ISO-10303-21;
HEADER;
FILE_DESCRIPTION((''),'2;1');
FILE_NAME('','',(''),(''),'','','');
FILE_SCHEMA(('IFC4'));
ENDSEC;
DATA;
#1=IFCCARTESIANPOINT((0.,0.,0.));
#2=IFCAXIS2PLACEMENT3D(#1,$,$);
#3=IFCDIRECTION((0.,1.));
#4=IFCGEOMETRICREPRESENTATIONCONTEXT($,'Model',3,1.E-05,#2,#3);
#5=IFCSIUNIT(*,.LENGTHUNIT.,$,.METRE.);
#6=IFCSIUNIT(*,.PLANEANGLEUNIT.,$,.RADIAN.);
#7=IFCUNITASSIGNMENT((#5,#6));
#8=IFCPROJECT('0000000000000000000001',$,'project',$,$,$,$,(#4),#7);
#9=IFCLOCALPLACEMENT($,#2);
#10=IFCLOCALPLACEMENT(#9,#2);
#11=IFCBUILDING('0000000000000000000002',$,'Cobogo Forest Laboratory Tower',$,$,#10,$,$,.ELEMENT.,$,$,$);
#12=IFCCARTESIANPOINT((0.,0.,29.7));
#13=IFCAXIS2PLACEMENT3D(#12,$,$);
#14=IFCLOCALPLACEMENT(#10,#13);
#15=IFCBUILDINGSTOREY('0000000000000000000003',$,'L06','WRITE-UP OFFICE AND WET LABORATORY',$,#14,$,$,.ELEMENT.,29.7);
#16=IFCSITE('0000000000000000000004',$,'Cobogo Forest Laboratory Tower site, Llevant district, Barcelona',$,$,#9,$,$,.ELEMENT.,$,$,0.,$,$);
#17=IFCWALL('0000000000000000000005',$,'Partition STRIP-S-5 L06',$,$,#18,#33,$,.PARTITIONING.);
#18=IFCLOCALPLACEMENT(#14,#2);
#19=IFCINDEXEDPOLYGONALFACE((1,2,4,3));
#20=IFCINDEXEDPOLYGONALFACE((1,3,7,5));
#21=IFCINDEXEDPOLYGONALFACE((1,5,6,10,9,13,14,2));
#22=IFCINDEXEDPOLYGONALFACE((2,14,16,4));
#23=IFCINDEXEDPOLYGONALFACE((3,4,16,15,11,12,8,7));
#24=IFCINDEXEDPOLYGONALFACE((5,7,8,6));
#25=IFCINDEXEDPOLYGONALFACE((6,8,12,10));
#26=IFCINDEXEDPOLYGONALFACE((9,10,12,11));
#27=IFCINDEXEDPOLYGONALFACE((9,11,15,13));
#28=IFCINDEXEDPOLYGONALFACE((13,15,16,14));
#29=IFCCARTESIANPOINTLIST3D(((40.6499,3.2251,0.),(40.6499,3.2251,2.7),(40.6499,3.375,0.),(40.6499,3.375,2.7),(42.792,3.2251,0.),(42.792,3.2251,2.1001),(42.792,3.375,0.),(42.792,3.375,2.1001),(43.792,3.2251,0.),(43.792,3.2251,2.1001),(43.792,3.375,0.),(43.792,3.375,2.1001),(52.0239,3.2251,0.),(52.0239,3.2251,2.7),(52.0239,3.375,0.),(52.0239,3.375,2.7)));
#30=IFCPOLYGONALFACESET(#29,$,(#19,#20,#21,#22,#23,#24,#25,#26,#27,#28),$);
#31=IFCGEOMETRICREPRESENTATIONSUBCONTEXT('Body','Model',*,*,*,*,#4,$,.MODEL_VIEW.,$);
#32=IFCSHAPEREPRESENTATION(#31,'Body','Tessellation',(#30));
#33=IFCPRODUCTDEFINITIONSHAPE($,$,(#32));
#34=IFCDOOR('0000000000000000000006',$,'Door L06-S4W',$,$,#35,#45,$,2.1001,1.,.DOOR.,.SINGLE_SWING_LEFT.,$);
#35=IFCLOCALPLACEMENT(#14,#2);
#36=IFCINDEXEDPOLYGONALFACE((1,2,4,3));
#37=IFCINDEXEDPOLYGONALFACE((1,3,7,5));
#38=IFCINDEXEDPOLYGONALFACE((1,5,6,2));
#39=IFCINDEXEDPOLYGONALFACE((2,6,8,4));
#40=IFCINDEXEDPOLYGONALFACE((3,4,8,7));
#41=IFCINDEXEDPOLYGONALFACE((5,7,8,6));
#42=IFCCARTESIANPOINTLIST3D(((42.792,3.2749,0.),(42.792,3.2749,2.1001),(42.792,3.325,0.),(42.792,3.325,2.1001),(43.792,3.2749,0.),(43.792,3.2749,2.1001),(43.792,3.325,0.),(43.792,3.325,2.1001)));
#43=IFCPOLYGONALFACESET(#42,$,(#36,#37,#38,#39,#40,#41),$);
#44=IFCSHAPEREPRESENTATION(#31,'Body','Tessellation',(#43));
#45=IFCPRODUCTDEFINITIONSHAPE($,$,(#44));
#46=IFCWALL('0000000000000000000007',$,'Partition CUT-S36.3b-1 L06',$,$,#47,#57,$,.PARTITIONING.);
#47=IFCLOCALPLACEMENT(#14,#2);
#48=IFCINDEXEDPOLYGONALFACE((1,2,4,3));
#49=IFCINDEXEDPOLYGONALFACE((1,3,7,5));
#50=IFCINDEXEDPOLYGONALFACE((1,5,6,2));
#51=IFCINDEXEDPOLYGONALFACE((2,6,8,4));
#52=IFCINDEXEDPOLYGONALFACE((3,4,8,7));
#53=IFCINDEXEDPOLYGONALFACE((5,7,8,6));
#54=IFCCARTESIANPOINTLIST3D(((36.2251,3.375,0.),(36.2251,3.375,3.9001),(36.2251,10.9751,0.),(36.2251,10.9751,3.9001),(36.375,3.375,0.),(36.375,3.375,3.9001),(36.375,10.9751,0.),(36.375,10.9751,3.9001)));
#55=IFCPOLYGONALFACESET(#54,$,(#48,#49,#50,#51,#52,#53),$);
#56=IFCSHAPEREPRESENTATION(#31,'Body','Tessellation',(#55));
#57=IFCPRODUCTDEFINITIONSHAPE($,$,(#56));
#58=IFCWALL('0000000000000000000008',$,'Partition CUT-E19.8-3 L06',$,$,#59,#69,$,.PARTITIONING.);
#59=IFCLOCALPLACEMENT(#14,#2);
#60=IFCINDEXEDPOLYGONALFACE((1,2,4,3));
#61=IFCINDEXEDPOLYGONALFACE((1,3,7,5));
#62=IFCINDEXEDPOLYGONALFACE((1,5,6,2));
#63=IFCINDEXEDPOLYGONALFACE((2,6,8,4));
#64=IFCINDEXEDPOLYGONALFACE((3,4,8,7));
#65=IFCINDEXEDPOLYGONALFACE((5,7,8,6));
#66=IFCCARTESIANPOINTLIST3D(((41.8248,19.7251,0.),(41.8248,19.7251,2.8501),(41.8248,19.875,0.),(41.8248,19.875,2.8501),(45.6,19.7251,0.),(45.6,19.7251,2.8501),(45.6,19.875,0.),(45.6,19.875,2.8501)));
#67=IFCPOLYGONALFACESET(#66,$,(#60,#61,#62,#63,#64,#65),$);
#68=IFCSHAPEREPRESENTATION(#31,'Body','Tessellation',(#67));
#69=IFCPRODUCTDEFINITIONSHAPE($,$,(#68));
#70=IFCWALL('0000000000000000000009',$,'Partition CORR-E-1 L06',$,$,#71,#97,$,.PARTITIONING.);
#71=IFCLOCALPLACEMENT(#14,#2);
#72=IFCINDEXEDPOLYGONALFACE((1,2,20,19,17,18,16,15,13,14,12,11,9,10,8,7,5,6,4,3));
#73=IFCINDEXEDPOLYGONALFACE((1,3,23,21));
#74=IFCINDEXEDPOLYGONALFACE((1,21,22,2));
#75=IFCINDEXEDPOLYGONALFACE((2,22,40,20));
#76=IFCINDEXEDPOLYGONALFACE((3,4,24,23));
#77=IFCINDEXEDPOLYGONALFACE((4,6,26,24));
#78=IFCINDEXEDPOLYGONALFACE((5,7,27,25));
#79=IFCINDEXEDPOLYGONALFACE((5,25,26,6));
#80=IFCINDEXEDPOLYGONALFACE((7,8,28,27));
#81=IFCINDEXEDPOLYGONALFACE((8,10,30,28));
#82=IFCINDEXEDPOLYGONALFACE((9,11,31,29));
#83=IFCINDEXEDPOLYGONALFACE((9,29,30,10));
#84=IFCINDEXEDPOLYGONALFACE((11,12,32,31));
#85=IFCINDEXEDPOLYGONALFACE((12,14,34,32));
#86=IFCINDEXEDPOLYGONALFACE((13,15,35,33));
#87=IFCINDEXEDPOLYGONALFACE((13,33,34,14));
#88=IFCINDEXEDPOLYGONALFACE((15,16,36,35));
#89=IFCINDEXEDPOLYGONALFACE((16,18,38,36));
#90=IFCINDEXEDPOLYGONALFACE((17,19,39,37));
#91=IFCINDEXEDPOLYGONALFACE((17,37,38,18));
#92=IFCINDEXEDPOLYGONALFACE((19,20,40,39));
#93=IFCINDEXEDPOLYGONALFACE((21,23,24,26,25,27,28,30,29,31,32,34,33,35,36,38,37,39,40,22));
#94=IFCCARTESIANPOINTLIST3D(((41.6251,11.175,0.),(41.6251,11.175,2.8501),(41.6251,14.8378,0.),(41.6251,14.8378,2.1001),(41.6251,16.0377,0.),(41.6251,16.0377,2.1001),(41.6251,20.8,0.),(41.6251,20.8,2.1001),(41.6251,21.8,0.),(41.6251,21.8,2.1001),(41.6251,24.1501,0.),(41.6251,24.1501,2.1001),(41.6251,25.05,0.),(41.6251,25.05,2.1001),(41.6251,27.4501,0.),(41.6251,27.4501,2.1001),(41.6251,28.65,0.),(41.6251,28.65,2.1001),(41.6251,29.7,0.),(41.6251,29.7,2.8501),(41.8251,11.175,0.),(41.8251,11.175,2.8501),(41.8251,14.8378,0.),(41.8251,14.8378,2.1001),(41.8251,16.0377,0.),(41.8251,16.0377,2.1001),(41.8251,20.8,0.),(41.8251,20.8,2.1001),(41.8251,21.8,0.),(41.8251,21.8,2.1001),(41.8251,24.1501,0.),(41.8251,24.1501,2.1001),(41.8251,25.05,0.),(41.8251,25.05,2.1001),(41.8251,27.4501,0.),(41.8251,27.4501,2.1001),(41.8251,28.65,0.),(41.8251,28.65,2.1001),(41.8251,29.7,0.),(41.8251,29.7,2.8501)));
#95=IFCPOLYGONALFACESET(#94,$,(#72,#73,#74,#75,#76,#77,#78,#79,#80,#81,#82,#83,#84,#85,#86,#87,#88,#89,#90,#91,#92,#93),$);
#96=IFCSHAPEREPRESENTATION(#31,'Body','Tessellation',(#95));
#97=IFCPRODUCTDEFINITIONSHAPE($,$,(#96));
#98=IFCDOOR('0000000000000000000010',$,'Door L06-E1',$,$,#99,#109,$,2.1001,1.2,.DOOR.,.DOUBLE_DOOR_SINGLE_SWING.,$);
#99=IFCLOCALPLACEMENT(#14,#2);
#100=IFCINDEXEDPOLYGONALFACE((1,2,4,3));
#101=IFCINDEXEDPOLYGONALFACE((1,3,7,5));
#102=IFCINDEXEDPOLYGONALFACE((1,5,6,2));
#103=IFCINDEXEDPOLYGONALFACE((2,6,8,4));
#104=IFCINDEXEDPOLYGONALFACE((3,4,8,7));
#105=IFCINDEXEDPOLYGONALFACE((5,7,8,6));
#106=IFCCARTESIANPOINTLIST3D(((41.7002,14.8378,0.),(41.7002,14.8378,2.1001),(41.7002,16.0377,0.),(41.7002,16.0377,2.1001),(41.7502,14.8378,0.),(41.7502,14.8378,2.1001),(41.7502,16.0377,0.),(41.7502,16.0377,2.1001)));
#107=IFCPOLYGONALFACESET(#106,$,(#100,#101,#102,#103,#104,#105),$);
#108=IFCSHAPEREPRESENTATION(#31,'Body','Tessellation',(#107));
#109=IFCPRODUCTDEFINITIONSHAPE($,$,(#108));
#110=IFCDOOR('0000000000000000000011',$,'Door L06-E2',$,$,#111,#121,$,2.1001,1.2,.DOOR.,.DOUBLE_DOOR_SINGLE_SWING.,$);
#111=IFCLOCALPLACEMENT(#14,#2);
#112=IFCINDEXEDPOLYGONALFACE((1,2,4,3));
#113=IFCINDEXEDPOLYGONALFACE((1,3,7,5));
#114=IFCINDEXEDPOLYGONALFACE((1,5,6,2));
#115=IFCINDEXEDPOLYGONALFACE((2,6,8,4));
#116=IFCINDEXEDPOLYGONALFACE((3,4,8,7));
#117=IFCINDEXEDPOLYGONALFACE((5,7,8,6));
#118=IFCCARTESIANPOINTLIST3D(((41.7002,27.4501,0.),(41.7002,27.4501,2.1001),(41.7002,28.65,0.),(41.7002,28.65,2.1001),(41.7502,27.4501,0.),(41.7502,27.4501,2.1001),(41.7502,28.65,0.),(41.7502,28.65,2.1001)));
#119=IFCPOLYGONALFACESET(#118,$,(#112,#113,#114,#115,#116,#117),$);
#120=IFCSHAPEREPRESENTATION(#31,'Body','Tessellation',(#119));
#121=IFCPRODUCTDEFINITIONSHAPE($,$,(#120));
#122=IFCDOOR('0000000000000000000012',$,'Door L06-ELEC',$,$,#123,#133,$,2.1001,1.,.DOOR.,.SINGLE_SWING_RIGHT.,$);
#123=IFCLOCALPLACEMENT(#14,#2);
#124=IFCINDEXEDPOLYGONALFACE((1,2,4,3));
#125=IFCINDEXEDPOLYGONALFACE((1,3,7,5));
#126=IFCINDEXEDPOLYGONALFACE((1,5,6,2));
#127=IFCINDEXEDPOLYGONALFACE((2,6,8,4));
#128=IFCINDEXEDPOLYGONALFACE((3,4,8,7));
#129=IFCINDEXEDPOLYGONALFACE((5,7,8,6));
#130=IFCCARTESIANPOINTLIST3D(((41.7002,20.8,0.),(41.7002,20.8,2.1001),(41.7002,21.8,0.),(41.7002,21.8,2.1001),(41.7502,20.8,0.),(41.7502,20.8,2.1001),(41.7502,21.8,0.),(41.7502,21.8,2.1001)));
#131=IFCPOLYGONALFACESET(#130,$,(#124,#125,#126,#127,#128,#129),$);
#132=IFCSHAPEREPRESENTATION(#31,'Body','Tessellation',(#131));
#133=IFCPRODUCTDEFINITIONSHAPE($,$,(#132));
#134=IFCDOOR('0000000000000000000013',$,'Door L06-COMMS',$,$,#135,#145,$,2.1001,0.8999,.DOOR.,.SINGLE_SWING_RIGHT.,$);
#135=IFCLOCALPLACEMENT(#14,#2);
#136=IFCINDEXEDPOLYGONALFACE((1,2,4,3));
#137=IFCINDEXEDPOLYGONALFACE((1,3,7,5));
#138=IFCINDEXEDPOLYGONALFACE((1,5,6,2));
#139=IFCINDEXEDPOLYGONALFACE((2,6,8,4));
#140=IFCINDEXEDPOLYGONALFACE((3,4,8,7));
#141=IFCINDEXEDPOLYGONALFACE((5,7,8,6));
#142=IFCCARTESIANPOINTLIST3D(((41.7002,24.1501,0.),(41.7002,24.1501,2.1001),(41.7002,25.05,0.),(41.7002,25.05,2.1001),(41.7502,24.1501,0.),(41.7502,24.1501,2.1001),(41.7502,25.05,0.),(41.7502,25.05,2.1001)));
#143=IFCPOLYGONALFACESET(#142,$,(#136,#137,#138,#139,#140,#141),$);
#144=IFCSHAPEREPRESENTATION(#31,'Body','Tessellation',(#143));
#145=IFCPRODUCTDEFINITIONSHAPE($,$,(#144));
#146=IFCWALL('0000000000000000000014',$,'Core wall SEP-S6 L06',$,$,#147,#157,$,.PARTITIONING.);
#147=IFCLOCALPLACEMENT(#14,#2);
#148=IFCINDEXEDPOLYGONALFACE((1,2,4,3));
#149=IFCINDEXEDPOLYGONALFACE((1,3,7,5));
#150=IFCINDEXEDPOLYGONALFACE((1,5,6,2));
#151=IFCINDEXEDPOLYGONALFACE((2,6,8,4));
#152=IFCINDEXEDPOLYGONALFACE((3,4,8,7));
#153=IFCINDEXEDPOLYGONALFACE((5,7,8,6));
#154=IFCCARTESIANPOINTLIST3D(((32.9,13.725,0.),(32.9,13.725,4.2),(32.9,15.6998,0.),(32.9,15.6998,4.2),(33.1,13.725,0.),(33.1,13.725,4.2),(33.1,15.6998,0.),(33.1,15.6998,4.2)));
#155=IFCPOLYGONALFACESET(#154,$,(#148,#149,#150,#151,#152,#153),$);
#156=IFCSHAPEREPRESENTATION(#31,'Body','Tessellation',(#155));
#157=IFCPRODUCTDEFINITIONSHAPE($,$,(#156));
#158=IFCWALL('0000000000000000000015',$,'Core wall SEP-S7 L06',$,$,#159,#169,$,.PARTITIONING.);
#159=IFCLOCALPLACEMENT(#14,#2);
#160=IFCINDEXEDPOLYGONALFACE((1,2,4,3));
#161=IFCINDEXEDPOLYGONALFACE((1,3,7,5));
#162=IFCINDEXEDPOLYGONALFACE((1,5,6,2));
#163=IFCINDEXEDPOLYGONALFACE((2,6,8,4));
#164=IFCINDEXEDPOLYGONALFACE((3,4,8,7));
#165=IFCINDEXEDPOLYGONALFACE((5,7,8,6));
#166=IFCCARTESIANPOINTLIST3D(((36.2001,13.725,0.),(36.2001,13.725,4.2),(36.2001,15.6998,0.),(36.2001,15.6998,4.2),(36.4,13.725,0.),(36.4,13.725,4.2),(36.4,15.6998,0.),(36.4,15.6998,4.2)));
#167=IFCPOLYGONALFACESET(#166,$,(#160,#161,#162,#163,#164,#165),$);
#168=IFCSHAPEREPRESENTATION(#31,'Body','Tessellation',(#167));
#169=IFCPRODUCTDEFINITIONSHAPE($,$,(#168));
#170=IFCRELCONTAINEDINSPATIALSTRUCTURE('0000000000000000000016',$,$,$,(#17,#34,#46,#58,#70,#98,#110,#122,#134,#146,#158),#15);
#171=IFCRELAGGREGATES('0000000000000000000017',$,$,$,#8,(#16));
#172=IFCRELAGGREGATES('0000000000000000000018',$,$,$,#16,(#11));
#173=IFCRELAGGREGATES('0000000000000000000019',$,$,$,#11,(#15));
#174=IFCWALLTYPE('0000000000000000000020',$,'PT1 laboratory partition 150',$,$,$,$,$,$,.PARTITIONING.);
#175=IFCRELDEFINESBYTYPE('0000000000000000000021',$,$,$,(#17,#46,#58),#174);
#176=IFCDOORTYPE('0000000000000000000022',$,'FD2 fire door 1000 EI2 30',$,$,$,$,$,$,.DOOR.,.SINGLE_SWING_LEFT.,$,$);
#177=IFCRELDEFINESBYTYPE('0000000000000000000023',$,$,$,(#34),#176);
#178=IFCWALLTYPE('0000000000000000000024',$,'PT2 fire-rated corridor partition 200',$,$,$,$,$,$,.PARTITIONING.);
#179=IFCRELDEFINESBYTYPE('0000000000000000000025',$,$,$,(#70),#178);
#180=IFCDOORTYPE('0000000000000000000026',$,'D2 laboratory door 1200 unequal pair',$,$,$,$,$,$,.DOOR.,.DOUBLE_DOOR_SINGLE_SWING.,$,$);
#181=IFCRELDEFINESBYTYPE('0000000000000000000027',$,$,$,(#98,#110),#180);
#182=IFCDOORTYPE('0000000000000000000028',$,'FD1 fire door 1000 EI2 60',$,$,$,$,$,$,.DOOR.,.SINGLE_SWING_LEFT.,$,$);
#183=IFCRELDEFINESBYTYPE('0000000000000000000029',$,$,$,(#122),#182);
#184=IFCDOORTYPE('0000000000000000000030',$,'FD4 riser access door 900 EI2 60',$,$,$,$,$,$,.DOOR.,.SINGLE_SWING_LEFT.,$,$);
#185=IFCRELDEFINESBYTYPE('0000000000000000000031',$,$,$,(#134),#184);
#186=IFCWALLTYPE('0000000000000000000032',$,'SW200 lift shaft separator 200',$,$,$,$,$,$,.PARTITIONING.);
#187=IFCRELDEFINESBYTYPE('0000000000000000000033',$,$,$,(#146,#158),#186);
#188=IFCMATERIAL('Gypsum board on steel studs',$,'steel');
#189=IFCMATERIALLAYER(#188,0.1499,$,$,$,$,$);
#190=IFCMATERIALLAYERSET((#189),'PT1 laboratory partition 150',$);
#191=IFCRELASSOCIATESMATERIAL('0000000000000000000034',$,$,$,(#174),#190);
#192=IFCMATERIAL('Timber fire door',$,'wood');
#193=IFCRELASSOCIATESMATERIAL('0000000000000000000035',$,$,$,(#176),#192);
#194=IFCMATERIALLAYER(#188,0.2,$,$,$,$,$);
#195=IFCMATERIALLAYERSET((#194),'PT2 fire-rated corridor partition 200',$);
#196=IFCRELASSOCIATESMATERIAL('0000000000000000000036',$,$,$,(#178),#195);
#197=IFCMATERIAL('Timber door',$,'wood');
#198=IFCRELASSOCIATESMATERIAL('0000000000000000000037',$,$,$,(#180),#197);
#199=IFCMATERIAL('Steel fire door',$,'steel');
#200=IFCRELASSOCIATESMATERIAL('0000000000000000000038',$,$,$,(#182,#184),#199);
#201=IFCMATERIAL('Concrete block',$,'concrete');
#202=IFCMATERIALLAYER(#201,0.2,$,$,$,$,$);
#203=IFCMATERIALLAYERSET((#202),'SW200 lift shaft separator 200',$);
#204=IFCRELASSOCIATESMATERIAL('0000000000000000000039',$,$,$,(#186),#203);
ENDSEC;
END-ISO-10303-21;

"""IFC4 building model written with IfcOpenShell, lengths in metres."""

from ifc_helpers import new_model, si_unit, direction, frame, frame_2d, origin, place, context, subcontext, project, spatial, rectangle, extrude, material, layer, layer_set, type_object, element, fill, save


model = new_model("IFC4")

# Units and contexts
model_context = context("Model", 3, precision=1e-05, world=origin(), true_north=direction((0.0, 1.0)))
body_context = subcontext(model_context, "Body", "Model", "MODEL_VIEW")
ifc_project = project(units=[si_unit("LENGTHUNIT", "METRE"), si_unit("PLANEANGLEUNIT", "RADIAN")], contexts=[model_context])

# Site, building, storey
site_placement = place(None, origin())
site = spatial("IfcSite", under=ifc_project, at=site_placement, Name="Cobogo Forest Laboratory Tower site, Llevant district, Barcelona", CompositionType="ELEMENT", RefElevation=0.0)
building_placement = place(site_placement, origin())
building = spatial("IfcBuilding", under=site, at=building_placement, Name="Cobogo Forest Laboratory Tower", CompositionType="ELEMENT")
storey_placement = place(building_placement, frame((0.0, 0.0, 29.7)))
storey = spatial("IfcBuildingStorey", under=building, at=storey_placement, Name="L06", Description="WRITE-UP OFFICE AND WET LABORATORY", CompositionType="ELEMENT", Elevation=29.7)

# Shared definitions
ifc_material_1 = material(Name="Steel fire door", Category="steel")

# Shared definitions
ifc_material_2 = material(Name="Gypsum board on steel studs", Category="steel")
ifc_layer_1 = layer(ifc_material_2, 0.1499)
ifc_layer_set_1 = layer_set([ifc_layer_1], Name="PT1 laboratory partition 150")
wall_type_1 = type_object("IfcWallType", Name="PT1 laboratory partition 150", PredefinedType="PARTITIONING", material=ifc_layer_set_1)

# Wall, opening, door
wall_1_placement = place(storey_placement, frame((40.6499, 3.3, 0.0), z_axis=(0.0, 0.0, 1.0), x_axis=(1.0, 0.0, 0.0)))
wall_1 = element("IfcWall", 1, at=wall_1_placement, inside=storey, type_object=wall_type_1, Name="Partition STRIP-S-5 L06", PredefinedType="PARTITIONING", context=body_context, shape_type="SweptSolid", body=[
    extrude(rectangle(XDim=11.374, YDim=0.1499, at=frame_2d((5.687, 0.0))), origin(), (0.0, 0.0, 1.0), 2.7),
])
opening_1_placement = place(wall_1_placement, frame((2.1421, 0.0, 0.0)))
opening_1 = element("IfcOpeningElement", 2, at=opening_1_placement, cuts=wall_1, PredefinedType="OPENING", context=body_context, shape_type="SweptSolid", body=[
    extrude(rectangle(XDim=1.0, YDim=2.1001, at=frame_2d((0.5, 1.05))), frame((0.0, 0.085, 0.0), z_axis=(0.0, -1.0, 0.0), x_axis=(1.0, 0.0, 0.0)), (0.0, 0.0, 1.0), 0.1699),
])
ifc_material_3 = material(Name="Timber fire door", Category="wood")
door_type_1 = type_object("IfcDoorType", Name="FD2 fire door 1000 EI2 30", OperationType="SINGLE_SWING_LEFT", PredefinedType="DOOR", material=ifc_material_3)
door_1_placement = place(opening_1_placement, origin())
door_1 = element("IfcDoor", 3, at=door_1_placement, inside=storey, type_object=door_type_1, Name="Door L06-S4W", OperationType="SINGLE_SWING_LEFT", OverallHeight=2.1001, OverallWidth=1.0, PredefinedType="DOOR", context=body_context, shape_type="SweptSolid", body=[
    extrude(rectangle(XDim=1.0, YDim=2.1001, at=frame_2d((0.5, 1.05))), frame((0.0, 0.0249, 0.0), z_axis=(0.0, -1.0, 0.0), x_axis=(1.0, 0.0, 0.0)), (0.0, 0.0, 1.0), 0.05),
])
fill(opening_1, door_1)

# Walls
wall_2_placement = place(storey_placement, frame((36.3, 3.375, 0.0), z_axis=(0.0, 0.0, 1.0), x_axis=(0.0, 1.0, 0.0)))
element("IfcWall", 4, at=wall_2_placement, inside=storey, type_object=wall_type_1, Name="Partition CUT-S36.3b-1 L06", PredefinedType="PARTITIONING", context=body_context, shape_type="SweptSolid", body=[
    extrude(rectangle(XDim=7.6001, YDim=0.1499, at=frame_2d((3.8, 0.0))), origin(), (0.0, 0.0, 1.0), 3.9001),
])
wall_3_placement = place(storey_placement, frame((45.6001, 19.8, 0.0), z_axis=(0.0, 0.0, 1.0), x_axis=(-1.0, 0.0, 0.0)))
element("IfcWall", 5, at=wall_3_placement, inside=storey, type_object=wall_type_1, Name="Partition CUT-E19.8-3 L06", PredefinedType="PARTITIONING", context=body_context, shape_type="SweptSolid", body=[
    extrude(rectangle(XDim=3.7751, YDim=0.1499, at=frame_2d((1.8877, 0.0))), origin(), (0.0, 0.0, 1.0), 2.8501),
])

# Wall, openings, doors
ifc_layer_2 = layer(ifc_material_2, 0.2)
ifc_layer_set_2 = layer_set([ifc_layer_2], Name="PT2 fire-rated corridor partition 200")
wall_type_2 = type_object("IfcWallType", Name="PT2 fire-rated corridor partition 200", PredefinedType="PARTITIONING", material=ifc_layer_set_2)
wall_4_placement = place(storey_placement, frame((41.7251, 11.175, 0.0), z_axis=(0.0, 0.0, 1.0), x_axis=(0.0, 1.0, 0.0)))
wall_4 = element("IfcWall", 6, at=wall_4_placement, inside=storey, type_object=wall_type_2, Name="Partition CORR-E-1 L06", PredefinedType="PARTITIONING", context=body_context, shape_type="SweptSolid", body=[
    extrude(rectangle(XDim=18.5249, YDim=0.2, at=frame_2d((9.2625, 0.0))), origin(), (0.0, 0.0, 1.0), 2.8501),
])
opening_2_placement = place(wall_4_placement, frame((3.6626, 0.0, 0.0)))
opening_2 = element("IfcOpeningElement", 7, at=opening_2_placement, cuts=wall_4, PredefinedType="OPENING", context=body_context, shape_type="SweptSolid", body=[
    extrude(rectangle(XDim=1.2, YDim=2.1001, at=frame_2d((0.6001, 1.05))), frame((0.0, 0.1099, 0.0), z_axis=(0.0, -1.0, 0.0), x_axis=(1.0, 0.0, 0.0)), (0.0, 0.0, 1.0), 0.22),
])
opening_3_placement = place(wall_4_placement, frame((9.625, 0.0, 0.0)))
opening_3 = element("IfcOpeningElement", 8, at=opening_3_placement, cuts=wall_4, PredefinedType="OPENING", context=body_context, shape_type="SweptSolid", body=[
    extrude(rectangle(XDim=1.0, YDim=2.1001, at=frame_2d((0.5, 1.05))), frame((0.0, 0.1099, 0.0), z_axis=(0.0, -1.0, 0.0), x_axis=(1.0, 0.0, 0.0)), (0.0, 0.0, 1.0), 0.22),
])
opening_4_placement = place(wall_4_placement, frame((12.9751, 0.0, 0.0)))
opening_4 = element("IfcOpeningElement", 9, at=opening_4_placement, cuts=wall_4, PredefinedType="OPENING", context=body_context, shape_type="SweptSolid", body=[
    extrude(rectangle(XDim=0.8999, YDim=2.1001, at=frame_2d((0.45, 1.05))), frame((0.0, 0.1099, 0.0), z_axis=(0.0, -1.0, 0.0), x_axis=(1.0, 0.0, 0.0)), (0.0, 0.0, 1.0), 0.22),
])
opening_5_placement = place(wall_4_placement, frame((16.2749, 0.0, 0.0)))
opening_5 = element("IfcOpeningElement", 10, at=opening_5_placement, cuts=wall_4, PredefinedType="OPENING", context=body_context, shape_type="SweptSolid", body=[
    extrude(rectangle(XDim=1.2, YDim=2.1001, at=frame_2d((0.6001, 1.05))), frame((0.0, 0.1099, 0.0), z_axis=(0.0, -1.0, 0.0), x_axis=(1.0, 0.0, 0.0)), (0.0, 0.0, 1.0), 0.22),
])
ifc_material_4 = material(Name="Timber door", Category="wood")
door_type_2 = type_object("IfcDoorType", Name="D2 laboratory door 1200 unequal pair", OperationType="DOUBLE_DOOR_SINGLE_SWING", PredefinedType="DOOR", material=ifc_material_4)
door_2_placement = place(opening_2_placement, origin())
door_2 = element("IfcDoor", 11, at=door_2_placement, inside=storey, type_object=door_type_2, Name="Door L06-E1", OperationType="DOUBLE_DOOR_SINGLE_SWING", OverallHeight=2.1001, OverallWidth=1.2, PredefinedType="DOOR", context=body_context, shape_type="SweptSolid", body=[
    extrude(rectangle(XDim=1.2, YDim=2.1001, at=frame_2d((0.6001, 1.05))), frame((0.0, 0.0249, 0.0), z_axis=(0.0, -1.0, 0.0), x_axis=(1.0, 0.0, 0.0)), (0.0, 0.0, 1.0), 0.05),
])
fill(opening_2, door_2)
door_3_placement = place(opening_5_placement, origin())
door_3 = element("IfcDoor", 12, at=door_3_placement, inside=storey, type_object=door_type_2, Name="Door L06-E2", OperationType="DOUBLE_DOOR_SINGLE_SWING", OverallHeight=2.1001, OverallWidth=1.2, PredefinedType="DOOR", context=body_context, shape_type="SweptSolid", body=[
    extrude(rectangle(XDim=1.2, YDim=2.1001, at=frame_2d((0.6001, 1.05))), frame((0.0, 0.0249, 0.0), z_axis=(0.0, -1.0, 0.0), x_axis=(1.0, 0.0, 0.0)), (0.0, 0.0, 1.0), 0.05),
])
fill(opening_5, door_3)
door_type_3 = type_object("IfcDoorType", Name="FD1 fire door 1000 EI2 60", OperationType="SINGLE_SWING_LEFT", PredefinedType="DOOR", material=ifc_material_1)
door_4_placement = place(opening_3_placement, origin())
door_4 = element("IfcDoor", 13, at=door_4_placement, inside=storey, type_object=door_type_3, Name="Door L06-ELEC", OperationType="SINGLE_SWING_RIGHT", OverallHeight=2.1001, OverallWidth=1.0, PredefinedType="DOOR", context=body_context, shape_type="SweptSolid", body=[
    extrude(rectangle(XDim=1.0, YDim=2.1001, at=frame_2d((0.5, 1.05))), frame((0.0, 0.0249, 0.0), z_axis=(0.0, -1.0, 0.0), x_axis=(1.0, 0.0, 0.0)), (0.0, 0.0, 1.0), 0.05),
])
fill(opening_3, door_4)
door_type_4 = type_object("IfcDoorType", Name="FD4 riser access door 900 EI2 60", OperationType="SINGLE_SWING_LEFT", PredefinedType="DOOR", material=ifc_material_1)
door_5_placement = place(opening_4_placement, origin())
door_5 = element("IfcDoor", 14, at=door_5_placement, inside=storey, type_object=door_type_4, Name="Door L06-COMMS", OperationType="SINGLE_SWING_RIGHT", OverallHeight=2.1001, OverallWidth=0.8999, PredefinedType="DOOR", context=body_context, shape_type="SweptSolid", body=[
    extrude(rectangle(XDim=0.8999, YDim=2.1001, at=frame_2d((0.45, 1.05))), frame((0.0, 0.0249, 0.0), z_axis=(0.0, -1.0, 0.0), x_axis=(1.0, 0.0, 0.0)), (0.0, 0.0, 1.0), 0.05),
])
fill(opening_4, door_5)

# Walls
ifc_material_5 = material(Name="Concrete block", Category="concrete")
ifc_layer_3 = layer(ifc_material_5, 0.2)
ifc_layer_set_3 = layer_set([ifc_layer_3], Name="SW200 lift shaft separator 200")
wall_type_3 = type_object("IfcWallType", Name="SW200 lift shaft separator 200", PredefinedType="PARTITIONING", material=ifc_layer_set_3)
for number, where, z_axis, x_axis, name in (
    (15, (33.0, 13.7251, 0.0), (0.0, 0.0, 1.0), (0.0, 1.0, 0.0), "Core wall SEP-S6 L06"),
    (16, (36.3, 13.7251, 0.0), (0.0, 0.0, 1.0), (0.0, 1.0, 0.0), "Core wall SEP-S7 L06"),
):
    element("IfcWall", number, at=place(storey_placement, frame(where, z_axis=z_axis, x_axis=x_axis)), inside=storey, type_object=wall_type_3, Name=name, PredefinedType="PARTITIONING", context=body_context, shape_type="SweptSolid", body=[
        extrude(rectangle(XDim=1.9749, YDim=0.2, at=frame_2d((0.9873, 0.0))), origin(), (0.0, 0.0, 1.0), 4.2),
    ])

save(model, "model.ifc")
